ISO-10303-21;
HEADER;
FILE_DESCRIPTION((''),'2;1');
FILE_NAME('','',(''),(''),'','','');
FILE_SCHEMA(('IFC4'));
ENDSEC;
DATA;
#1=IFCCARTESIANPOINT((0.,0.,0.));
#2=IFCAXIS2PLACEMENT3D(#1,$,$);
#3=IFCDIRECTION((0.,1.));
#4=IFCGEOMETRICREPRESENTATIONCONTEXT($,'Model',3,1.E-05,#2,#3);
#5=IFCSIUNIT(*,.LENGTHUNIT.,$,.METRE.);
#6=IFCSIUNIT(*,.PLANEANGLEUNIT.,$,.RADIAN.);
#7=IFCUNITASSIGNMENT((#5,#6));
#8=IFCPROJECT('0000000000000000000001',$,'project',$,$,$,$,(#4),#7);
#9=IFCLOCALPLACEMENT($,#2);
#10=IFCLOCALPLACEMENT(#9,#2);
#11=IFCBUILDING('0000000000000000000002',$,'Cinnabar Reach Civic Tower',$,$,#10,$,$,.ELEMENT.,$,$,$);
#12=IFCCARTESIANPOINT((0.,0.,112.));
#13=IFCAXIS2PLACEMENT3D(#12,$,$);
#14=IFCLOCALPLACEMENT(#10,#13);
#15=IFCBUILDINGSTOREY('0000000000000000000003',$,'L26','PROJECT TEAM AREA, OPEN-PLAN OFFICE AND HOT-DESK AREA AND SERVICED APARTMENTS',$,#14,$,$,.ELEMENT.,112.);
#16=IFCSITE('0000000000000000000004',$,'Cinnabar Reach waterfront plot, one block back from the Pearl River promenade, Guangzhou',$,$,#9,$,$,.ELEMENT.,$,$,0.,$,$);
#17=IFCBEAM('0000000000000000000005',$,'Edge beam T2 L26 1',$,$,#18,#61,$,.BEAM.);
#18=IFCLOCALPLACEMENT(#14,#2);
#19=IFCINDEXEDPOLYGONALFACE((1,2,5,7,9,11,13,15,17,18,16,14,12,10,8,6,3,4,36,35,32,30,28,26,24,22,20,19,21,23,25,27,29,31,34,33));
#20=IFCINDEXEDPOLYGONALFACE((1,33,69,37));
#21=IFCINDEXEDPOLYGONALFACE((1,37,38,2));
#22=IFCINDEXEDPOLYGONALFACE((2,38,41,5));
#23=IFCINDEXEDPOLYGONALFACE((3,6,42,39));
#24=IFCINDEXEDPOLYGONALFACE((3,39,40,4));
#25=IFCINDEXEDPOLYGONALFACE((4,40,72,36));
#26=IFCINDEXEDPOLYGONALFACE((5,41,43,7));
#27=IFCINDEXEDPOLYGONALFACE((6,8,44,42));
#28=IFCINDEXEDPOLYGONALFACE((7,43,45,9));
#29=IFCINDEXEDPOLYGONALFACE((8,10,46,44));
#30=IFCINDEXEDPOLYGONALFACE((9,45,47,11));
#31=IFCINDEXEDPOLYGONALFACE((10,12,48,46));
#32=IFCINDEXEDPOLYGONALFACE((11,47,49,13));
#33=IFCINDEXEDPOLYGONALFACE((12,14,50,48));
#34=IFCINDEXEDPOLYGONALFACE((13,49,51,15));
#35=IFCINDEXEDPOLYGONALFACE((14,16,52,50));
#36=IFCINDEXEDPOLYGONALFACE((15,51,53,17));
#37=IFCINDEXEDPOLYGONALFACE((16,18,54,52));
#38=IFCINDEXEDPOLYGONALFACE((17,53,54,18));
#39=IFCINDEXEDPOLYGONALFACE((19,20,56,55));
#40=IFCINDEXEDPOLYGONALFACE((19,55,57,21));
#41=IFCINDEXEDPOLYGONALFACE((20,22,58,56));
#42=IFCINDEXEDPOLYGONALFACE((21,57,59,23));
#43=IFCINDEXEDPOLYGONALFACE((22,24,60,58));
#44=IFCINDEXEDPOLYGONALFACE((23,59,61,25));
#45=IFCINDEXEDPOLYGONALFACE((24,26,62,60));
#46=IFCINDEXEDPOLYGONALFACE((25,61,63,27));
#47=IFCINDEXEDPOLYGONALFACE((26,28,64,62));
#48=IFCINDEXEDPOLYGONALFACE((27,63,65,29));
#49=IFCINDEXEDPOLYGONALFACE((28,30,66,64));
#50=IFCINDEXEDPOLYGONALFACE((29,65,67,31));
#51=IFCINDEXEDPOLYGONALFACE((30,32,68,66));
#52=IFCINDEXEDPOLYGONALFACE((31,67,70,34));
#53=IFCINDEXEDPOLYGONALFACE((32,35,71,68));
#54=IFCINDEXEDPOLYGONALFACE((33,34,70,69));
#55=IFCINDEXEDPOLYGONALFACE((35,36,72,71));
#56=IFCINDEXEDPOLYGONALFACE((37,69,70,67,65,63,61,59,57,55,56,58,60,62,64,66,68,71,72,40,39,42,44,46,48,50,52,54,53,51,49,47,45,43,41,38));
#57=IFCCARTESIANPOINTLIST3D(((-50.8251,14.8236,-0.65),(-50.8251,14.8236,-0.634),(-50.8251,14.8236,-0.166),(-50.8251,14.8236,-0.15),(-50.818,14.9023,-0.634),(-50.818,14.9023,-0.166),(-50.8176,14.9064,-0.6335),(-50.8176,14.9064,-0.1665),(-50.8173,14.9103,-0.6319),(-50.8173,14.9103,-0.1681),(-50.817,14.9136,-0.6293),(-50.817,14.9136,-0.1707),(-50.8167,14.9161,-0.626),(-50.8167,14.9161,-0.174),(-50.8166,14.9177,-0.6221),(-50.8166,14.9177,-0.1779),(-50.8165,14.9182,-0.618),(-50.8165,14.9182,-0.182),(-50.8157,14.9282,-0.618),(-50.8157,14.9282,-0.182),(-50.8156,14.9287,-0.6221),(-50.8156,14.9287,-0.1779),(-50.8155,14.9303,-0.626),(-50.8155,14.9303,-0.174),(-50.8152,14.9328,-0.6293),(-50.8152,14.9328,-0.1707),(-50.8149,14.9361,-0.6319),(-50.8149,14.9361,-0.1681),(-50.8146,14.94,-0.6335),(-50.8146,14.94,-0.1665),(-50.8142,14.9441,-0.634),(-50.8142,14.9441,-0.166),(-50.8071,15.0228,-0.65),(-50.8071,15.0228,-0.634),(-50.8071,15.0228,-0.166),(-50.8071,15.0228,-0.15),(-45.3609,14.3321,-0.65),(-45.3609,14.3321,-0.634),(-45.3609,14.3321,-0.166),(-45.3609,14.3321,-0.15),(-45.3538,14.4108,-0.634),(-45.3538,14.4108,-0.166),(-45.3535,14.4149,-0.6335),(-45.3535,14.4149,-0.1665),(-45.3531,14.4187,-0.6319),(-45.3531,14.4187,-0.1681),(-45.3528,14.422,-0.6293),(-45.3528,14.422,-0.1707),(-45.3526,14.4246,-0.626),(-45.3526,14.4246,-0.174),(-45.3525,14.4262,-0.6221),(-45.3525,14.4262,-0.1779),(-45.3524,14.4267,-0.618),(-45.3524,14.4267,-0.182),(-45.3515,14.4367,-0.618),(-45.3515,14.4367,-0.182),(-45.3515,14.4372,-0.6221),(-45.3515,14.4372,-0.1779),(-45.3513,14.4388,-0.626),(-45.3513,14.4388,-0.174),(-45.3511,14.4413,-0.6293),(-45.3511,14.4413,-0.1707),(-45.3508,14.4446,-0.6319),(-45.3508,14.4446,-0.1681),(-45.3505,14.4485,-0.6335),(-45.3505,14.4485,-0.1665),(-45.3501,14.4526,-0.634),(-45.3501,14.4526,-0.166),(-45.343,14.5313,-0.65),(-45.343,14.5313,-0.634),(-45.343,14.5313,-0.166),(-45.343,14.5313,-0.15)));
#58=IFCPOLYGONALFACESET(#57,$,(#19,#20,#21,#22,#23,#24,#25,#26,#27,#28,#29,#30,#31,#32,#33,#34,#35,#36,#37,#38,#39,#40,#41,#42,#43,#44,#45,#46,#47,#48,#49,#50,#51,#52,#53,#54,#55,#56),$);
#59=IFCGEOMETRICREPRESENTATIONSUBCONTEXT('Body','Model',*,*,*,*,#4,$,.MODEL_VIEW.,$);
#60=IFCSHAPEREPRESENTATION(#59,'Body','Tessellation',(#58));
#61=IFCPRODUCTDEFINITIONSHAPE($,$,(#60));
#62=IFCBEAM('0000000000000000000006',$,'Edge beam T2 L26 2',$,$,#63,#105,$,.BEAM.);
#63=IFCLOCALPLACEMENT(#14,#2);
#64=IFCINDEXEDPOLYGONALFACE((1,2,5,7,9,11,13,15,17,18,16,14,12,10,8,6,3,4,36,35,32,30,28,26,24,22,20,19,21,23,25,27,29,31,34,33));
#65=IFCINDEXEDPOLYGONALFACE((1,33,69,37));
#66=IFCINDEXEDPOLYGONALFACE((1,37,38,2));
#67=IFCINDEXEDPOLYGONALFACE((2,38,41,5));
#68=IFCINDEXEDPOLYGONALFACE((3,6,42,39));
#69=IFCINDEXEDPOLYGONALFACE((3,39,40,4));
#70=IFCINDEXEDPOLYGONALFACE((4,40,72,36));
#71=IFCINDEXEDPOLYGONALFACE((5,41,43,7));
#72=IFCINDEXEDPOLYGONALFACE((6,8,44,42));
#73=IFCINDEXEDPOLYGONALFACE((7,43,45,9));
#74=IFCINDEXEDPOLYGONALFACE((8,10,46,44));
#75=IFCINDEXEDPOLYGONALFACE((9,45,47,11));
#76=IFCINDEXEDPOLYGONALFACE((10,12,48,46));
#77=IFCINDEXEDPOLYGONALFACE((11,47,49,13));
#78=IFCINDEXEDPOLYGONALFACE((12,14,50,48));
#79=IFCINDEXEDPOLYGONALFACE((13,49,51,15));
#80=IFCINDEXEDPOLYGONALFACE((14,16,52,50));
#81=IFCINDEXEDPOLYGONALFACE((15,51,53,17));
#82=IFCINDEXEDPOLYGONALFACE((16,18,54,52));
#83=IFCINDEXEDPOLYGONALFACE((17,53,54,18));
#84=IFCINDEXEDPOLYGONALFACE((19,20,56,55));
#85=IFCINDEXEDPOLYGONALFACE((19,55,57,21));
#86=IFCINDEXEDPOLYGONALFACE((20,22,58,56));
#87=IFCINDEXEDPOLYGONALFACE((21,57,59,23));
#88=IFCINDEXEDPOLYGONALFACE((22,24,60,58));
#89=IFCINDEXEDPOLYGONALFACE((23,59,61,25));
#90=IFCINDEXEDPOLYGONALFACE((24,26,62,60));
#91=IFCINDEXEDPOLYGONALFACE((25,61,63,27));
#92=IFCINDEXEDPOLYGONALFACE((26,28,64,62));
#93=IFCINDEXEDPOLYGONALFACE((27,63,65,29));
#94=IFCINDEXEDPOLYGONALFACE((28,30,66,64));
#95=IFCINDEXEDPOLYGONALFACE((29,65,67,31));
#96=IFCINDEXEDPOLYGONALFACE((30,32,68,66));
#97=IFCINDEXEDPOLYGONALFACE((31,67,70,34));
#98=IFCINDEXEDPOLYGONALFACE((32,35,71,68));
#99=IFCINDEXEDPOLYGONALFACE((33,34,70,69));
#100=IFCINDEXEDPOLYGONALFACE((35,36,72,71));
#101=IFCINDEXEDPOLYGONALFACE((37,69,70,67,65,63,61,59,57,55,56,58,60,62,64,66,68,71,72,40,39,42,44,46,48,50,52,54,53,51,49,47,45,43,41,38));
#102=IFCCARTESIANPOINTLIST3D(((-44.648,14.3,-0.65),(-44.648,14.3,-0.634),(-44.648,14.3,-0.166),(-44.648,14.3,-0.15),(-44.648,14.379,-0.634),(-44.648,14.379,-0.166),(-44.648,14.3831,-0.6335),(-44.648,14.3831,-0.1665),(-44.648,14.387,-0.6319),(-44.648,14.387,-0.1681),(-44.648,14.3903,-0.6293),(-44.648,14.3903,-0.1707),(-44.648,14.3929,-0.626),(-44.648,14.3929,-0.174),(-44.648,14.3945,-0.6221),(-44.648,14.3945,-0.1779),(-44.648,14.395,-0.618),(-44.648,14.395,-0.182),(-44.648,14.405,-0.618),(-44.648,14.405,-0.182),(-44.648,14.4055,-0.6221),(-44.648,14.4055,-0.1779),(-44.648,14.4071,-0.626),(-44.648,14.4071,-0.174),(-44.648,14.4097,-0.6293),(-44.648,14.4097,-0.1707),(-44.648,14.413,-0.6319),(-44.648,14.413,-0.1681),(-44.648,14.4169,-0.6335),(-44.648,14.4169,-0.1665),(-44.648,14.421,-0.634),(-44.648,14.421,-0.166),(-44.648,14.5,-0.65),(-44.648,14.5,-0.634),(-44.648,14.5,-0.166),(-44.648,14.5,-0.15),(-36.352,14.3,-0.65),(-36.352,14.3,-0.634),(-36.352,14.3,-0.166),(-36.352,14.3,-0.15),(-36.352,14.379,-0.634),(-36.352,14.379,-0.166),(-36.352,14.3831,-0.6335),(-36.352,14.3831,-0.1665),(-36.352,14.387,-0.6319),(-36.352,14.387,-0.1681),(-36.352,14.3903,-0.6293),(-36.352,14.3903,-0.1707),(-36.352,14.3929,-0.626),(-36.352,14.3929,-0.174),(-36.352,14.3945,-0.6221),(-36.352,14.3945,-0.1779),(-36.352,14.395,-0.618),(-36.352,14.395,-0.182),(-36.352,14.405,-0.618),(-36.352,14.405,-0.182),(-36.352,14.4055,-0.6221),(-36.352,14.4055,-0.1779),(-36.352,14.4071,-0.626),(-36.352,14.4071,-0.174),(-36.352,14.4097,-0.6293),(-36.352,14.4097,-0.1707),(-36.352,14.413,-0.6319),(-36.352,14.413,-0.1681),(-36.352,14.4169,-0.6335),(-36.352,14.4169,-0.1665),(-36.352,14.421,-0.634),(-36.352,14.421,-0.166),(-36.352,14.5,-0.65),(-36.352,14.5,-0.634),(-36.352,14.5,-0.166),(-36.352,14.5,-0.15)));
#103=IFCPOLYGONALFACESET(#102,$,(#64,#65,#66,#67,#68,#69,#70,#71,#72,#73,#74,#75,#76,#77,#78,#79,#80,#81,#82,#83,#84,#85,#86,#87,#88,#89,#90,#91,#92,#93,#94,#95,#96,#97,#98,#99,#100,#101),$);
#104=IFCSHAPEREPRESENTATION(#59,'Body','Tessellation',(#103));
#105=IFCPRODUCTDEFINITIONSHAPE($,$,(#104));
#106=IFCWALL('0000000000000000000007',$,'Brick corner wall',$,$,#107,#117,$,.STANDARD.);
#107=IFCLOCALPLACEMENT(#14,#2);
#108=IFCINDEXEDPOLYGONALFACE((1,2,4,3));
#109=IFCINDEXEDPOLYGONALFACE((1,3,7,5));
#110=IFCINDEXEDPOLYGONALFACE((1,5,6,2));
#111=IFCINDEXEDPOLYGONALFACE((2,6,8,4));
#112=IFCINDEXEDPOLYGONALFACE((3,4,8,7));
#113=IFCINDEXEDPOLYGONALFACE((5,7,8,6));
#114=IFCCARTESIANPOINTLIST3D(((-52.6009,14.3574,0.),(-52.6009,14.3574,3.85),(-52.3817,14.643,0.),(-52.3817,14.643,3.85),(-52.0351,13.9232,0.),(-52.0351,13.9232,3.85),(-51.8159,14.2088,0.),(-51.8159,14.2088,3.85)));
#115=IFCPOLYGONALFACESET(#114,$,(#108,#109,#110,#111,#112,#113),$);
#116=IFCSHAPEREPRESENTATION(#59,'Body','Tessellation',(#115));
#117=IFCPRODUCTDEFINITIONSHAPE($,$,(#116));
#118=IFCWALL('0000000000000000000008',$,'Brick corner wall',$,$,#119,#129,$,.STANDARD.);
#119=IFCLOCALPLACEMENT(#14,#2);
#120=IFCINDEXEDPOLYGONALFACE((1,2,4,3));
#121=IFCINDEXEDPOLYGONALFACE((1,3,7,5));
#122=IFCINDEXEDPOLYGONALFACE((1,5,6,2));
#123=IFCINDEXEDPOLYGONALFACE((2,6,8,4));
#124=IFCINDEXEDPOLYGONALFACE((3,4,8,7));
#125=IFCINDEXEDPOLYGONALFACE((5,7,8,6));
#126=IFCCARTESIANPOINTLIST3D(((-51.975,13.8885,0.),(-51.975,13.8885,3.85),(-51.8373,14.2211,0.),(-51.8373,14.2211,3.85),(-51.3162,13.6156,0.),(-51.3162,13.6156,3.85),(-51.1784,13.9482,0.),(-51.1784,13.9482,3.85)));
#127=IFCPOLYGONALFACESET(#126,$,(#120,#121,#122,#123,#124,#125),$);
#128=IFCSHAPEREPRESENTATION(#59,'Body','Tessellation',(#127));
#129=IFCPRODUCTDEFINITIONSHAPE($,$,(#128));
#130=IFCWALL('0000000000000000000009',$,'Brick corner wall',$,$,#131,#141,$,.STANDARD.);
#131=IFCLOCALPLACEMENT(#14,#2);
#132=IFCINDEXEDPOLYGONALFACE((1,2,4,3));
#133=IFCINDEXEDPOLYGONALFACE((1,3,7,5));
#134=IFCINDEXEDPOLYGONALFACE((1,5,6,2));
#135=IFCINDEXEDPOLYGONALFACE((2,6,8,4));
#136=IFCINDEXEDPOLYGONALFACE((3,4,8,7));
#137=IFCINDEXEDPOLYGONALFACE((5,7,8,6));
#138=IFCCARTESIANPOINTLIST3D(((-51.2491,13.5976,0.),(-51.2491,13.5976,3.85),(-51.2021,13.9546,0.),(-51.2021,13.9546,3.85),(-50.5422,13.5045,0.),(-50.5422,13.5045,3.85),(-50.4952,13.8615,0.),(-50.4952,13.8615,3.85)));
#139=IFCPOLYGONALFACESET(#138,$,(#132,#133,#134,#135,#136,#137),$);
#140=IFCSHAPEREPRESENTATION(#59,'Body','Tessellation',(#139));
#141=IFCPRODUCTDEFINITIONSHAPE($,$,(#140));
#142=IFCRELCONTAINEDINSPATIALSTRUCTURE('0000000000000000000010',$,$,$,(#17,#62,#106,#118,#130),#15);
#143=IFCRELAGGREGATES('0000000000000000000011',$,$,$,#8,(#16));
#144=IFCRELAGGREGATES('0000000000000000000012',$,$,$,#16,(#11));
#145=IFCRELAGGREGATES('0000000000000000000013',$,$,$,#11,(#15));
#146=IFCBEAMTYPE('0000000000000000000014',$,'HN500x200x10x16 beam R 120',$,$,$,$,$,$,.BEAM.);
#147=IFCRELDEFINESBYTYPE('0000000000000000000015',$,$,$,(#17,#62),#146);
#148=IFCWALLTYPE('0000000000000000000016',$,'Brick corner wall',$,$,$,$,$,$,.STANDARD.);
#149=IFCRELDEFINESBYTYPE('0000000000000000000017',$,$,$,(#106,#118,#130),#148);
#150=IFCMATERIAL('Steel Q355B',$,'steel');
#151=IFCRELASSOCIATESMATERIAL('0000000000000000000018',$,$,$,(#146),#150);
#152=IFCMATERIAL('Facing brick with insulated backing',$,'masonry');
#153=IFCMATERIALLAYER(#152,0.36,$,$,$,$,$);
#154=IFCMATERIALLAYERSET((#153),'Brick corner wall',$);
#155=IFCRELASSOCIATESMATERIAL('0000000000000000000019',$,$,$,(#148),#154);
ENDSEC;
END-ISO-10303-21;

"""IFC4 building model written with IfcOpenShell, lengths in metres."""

from ifc_helpers import new_model, si_unit, direction, frame, frame_2d, origin, origin_2d, place, context, subcontext, project, spatial, rectangle, i_section, extrude, material, layer, layer_set, material_profile, profile_set, type_object, element, save


model = new_model("IFC4")

# Units and contexts
model_context = context("Model", 3, precision=1e-05, world=origin(), true_north=direction((0.0, 1.0)))
body_context = subcontext(model_context, "Body", "Model", "MODEL_VIEW")
ifc_project = project(units=[si_unit("LENGTHUNIT", "METRE"), si_unit("PLANEANGLEUNIT", "RADIAN")], contexts=[model_context])

# Site, building, storey
site_placement = place(None, origin())
site = spatial("IfcSite", under=ifc_project, at=site_placement, Name="Cinnabar Reach waterfront plot, one block back from the Pearl River promenade, Guangzhou", CompositionType="ELEMENT", RefElevation=0.0)
building_placement = place(site_placement, origin())
building = spatial("IfcBuilding", under=site, at=building_placement, Name="Cinnabar Reach Civic Tower", CompositionType="ELEMENT")
storey_placement = place(building_placement, frame((0.0, 0.0, 112.0)))
storey = spatial("IfcBuildingStorey", under=building, at=storey_placement, Name="L26", Description="PROJECT TEAM AREA, OPEN-PLAN OFFICE AND HOT-DESK AREA AND SERVICED APARTMENTS", CompositionType="ELEMENT", Elevation=112.0)

# Beams
ifc_material_1 = material(Name="Steel Q355B", Category="steel")
ifc_material_profile_1 = material_profile(ifc_material_1, i_section(OverallWidth=0.2, OverallDepth=0.5, WebThickness=0.01, FlangeThickness=0.016, FilletRadius=0.016, at=origin_2d()), Name="HN500x200x10x16")
ifc_profile_set_1 = profile_set([ifc_material_profile_1], Name="Steel Q355B")
beam_type_1 = type_object("IfcBeamType", Name="HN500x200x10x16 beam R 120", PredefinedType="BEAM", material=ifc_profile_set_1)
beam_1_placement = place(storey_placement, frame((-50.8161, 14.9232, -0.4), z_axis=(0.995979, -0.089589, 0.0), x_axis=(0.089589, 0.995979, 0.0)))
element("IfcBeam", 1, at=beam_1_placement, inside=storey, type_object=beam_type_1, Name="Edge beam T2 L26 1", PredefinedType="BEAM", context=body_context, shape_type="SweptSolid", body=[
    extrude(i_section(OverallWidth=0.2, OverallDepth=0.5, WebThickness=0.01, FlangeThickness=0.016, FilletRadius=0.016, at=origin_2d()), origin(), (0.0, 0.0, 1.0), 5.4862),
])
beam_2_placement = place(storey_placement, frame((-44.648, 14.4, -0.4), z_axis=(1.0, 0.0, 0.0), x_axis=(0.0, 1.0, 0.0)))
element("IfcBeam", 2, at=beam_2_placement, inside=storey, type_object=beam_type_1, Name="Edge beam T2 L26 2", PredefinedType="BEAM", context=body_context, shape_type="SweptSolid", body=[
    extrude(i_section(OverallWidth=0.2, OverallDepth=0.5, WebThickness=0.01, FlangeThickness=0.016, FilletRadius=0.016, at=origin_2d()), origin(), (0.0, 0.0, 1.0), 8.296),
])

# Walls
ifc_material_2 = material(Name="Facing brick with insulated backing", Category="masonry")
ifc_layer_1 = layer(ifc_material_2, 0.36)
ifc_layer_set_1 = layer_set([ifc_layer_1], Name="Brick corner wall")
wall_type_1 = type_object("IfcWallType", Name="Brick corner wall", PredefinedType="STANDARD", material=ifc_layer_set_1)
wall_1_placement = place(storey_placement, frame((-52.4913, 14.5002, 0.0), z_axis=(0.0, 0.0, 1.0), x_axis=(0.793322, -0.608802, 0.0)))
element("IfcWall", 3, at=wall_1_placement, inside=storey, type_object=wall_type_1, Name="Brick corner wall", PredefinedType="STANDARD", context=body_context, shape_type="SweptSolid", body=[
    extrude(rectangle(XDim=0.7132, YDim=0.36, at=frame_2d((0.3566, 0.0))), origin(), (0.0, 0.0, 1.0), 3.85),
])
for number, where, z_axis, x_axis, name in (
    (4, (-51.9061, 14.0548, 0.0), (0.0, 0.0, 1.0), (0.923872, -0.382703, 0.0), "Brick corner wall"),
    (5, (-51.2256, 13.7761, 0.0), (0.0, 0.0, 1.0), (0.991441, -0.130556, 0.0), "Brick corner wall"),
):
    element("IfcWall", number, at=place(storey_placement, frame(where, z_axis=z_axis, x_axis=x_axis)), inside=storey, type_object=wall_type_1, Name=name, PredefinedType="STANDARD", context=body_context, shape_type="SweptSolid", body=[
        extrude(rectangle(XDim=0.7131, YDim=0.36, at=frame_2d((0.3565, 0.0))), origin(), (0.0, 0.0, 1.0), 3.85),
    ])

save(model, "model.ifc")
